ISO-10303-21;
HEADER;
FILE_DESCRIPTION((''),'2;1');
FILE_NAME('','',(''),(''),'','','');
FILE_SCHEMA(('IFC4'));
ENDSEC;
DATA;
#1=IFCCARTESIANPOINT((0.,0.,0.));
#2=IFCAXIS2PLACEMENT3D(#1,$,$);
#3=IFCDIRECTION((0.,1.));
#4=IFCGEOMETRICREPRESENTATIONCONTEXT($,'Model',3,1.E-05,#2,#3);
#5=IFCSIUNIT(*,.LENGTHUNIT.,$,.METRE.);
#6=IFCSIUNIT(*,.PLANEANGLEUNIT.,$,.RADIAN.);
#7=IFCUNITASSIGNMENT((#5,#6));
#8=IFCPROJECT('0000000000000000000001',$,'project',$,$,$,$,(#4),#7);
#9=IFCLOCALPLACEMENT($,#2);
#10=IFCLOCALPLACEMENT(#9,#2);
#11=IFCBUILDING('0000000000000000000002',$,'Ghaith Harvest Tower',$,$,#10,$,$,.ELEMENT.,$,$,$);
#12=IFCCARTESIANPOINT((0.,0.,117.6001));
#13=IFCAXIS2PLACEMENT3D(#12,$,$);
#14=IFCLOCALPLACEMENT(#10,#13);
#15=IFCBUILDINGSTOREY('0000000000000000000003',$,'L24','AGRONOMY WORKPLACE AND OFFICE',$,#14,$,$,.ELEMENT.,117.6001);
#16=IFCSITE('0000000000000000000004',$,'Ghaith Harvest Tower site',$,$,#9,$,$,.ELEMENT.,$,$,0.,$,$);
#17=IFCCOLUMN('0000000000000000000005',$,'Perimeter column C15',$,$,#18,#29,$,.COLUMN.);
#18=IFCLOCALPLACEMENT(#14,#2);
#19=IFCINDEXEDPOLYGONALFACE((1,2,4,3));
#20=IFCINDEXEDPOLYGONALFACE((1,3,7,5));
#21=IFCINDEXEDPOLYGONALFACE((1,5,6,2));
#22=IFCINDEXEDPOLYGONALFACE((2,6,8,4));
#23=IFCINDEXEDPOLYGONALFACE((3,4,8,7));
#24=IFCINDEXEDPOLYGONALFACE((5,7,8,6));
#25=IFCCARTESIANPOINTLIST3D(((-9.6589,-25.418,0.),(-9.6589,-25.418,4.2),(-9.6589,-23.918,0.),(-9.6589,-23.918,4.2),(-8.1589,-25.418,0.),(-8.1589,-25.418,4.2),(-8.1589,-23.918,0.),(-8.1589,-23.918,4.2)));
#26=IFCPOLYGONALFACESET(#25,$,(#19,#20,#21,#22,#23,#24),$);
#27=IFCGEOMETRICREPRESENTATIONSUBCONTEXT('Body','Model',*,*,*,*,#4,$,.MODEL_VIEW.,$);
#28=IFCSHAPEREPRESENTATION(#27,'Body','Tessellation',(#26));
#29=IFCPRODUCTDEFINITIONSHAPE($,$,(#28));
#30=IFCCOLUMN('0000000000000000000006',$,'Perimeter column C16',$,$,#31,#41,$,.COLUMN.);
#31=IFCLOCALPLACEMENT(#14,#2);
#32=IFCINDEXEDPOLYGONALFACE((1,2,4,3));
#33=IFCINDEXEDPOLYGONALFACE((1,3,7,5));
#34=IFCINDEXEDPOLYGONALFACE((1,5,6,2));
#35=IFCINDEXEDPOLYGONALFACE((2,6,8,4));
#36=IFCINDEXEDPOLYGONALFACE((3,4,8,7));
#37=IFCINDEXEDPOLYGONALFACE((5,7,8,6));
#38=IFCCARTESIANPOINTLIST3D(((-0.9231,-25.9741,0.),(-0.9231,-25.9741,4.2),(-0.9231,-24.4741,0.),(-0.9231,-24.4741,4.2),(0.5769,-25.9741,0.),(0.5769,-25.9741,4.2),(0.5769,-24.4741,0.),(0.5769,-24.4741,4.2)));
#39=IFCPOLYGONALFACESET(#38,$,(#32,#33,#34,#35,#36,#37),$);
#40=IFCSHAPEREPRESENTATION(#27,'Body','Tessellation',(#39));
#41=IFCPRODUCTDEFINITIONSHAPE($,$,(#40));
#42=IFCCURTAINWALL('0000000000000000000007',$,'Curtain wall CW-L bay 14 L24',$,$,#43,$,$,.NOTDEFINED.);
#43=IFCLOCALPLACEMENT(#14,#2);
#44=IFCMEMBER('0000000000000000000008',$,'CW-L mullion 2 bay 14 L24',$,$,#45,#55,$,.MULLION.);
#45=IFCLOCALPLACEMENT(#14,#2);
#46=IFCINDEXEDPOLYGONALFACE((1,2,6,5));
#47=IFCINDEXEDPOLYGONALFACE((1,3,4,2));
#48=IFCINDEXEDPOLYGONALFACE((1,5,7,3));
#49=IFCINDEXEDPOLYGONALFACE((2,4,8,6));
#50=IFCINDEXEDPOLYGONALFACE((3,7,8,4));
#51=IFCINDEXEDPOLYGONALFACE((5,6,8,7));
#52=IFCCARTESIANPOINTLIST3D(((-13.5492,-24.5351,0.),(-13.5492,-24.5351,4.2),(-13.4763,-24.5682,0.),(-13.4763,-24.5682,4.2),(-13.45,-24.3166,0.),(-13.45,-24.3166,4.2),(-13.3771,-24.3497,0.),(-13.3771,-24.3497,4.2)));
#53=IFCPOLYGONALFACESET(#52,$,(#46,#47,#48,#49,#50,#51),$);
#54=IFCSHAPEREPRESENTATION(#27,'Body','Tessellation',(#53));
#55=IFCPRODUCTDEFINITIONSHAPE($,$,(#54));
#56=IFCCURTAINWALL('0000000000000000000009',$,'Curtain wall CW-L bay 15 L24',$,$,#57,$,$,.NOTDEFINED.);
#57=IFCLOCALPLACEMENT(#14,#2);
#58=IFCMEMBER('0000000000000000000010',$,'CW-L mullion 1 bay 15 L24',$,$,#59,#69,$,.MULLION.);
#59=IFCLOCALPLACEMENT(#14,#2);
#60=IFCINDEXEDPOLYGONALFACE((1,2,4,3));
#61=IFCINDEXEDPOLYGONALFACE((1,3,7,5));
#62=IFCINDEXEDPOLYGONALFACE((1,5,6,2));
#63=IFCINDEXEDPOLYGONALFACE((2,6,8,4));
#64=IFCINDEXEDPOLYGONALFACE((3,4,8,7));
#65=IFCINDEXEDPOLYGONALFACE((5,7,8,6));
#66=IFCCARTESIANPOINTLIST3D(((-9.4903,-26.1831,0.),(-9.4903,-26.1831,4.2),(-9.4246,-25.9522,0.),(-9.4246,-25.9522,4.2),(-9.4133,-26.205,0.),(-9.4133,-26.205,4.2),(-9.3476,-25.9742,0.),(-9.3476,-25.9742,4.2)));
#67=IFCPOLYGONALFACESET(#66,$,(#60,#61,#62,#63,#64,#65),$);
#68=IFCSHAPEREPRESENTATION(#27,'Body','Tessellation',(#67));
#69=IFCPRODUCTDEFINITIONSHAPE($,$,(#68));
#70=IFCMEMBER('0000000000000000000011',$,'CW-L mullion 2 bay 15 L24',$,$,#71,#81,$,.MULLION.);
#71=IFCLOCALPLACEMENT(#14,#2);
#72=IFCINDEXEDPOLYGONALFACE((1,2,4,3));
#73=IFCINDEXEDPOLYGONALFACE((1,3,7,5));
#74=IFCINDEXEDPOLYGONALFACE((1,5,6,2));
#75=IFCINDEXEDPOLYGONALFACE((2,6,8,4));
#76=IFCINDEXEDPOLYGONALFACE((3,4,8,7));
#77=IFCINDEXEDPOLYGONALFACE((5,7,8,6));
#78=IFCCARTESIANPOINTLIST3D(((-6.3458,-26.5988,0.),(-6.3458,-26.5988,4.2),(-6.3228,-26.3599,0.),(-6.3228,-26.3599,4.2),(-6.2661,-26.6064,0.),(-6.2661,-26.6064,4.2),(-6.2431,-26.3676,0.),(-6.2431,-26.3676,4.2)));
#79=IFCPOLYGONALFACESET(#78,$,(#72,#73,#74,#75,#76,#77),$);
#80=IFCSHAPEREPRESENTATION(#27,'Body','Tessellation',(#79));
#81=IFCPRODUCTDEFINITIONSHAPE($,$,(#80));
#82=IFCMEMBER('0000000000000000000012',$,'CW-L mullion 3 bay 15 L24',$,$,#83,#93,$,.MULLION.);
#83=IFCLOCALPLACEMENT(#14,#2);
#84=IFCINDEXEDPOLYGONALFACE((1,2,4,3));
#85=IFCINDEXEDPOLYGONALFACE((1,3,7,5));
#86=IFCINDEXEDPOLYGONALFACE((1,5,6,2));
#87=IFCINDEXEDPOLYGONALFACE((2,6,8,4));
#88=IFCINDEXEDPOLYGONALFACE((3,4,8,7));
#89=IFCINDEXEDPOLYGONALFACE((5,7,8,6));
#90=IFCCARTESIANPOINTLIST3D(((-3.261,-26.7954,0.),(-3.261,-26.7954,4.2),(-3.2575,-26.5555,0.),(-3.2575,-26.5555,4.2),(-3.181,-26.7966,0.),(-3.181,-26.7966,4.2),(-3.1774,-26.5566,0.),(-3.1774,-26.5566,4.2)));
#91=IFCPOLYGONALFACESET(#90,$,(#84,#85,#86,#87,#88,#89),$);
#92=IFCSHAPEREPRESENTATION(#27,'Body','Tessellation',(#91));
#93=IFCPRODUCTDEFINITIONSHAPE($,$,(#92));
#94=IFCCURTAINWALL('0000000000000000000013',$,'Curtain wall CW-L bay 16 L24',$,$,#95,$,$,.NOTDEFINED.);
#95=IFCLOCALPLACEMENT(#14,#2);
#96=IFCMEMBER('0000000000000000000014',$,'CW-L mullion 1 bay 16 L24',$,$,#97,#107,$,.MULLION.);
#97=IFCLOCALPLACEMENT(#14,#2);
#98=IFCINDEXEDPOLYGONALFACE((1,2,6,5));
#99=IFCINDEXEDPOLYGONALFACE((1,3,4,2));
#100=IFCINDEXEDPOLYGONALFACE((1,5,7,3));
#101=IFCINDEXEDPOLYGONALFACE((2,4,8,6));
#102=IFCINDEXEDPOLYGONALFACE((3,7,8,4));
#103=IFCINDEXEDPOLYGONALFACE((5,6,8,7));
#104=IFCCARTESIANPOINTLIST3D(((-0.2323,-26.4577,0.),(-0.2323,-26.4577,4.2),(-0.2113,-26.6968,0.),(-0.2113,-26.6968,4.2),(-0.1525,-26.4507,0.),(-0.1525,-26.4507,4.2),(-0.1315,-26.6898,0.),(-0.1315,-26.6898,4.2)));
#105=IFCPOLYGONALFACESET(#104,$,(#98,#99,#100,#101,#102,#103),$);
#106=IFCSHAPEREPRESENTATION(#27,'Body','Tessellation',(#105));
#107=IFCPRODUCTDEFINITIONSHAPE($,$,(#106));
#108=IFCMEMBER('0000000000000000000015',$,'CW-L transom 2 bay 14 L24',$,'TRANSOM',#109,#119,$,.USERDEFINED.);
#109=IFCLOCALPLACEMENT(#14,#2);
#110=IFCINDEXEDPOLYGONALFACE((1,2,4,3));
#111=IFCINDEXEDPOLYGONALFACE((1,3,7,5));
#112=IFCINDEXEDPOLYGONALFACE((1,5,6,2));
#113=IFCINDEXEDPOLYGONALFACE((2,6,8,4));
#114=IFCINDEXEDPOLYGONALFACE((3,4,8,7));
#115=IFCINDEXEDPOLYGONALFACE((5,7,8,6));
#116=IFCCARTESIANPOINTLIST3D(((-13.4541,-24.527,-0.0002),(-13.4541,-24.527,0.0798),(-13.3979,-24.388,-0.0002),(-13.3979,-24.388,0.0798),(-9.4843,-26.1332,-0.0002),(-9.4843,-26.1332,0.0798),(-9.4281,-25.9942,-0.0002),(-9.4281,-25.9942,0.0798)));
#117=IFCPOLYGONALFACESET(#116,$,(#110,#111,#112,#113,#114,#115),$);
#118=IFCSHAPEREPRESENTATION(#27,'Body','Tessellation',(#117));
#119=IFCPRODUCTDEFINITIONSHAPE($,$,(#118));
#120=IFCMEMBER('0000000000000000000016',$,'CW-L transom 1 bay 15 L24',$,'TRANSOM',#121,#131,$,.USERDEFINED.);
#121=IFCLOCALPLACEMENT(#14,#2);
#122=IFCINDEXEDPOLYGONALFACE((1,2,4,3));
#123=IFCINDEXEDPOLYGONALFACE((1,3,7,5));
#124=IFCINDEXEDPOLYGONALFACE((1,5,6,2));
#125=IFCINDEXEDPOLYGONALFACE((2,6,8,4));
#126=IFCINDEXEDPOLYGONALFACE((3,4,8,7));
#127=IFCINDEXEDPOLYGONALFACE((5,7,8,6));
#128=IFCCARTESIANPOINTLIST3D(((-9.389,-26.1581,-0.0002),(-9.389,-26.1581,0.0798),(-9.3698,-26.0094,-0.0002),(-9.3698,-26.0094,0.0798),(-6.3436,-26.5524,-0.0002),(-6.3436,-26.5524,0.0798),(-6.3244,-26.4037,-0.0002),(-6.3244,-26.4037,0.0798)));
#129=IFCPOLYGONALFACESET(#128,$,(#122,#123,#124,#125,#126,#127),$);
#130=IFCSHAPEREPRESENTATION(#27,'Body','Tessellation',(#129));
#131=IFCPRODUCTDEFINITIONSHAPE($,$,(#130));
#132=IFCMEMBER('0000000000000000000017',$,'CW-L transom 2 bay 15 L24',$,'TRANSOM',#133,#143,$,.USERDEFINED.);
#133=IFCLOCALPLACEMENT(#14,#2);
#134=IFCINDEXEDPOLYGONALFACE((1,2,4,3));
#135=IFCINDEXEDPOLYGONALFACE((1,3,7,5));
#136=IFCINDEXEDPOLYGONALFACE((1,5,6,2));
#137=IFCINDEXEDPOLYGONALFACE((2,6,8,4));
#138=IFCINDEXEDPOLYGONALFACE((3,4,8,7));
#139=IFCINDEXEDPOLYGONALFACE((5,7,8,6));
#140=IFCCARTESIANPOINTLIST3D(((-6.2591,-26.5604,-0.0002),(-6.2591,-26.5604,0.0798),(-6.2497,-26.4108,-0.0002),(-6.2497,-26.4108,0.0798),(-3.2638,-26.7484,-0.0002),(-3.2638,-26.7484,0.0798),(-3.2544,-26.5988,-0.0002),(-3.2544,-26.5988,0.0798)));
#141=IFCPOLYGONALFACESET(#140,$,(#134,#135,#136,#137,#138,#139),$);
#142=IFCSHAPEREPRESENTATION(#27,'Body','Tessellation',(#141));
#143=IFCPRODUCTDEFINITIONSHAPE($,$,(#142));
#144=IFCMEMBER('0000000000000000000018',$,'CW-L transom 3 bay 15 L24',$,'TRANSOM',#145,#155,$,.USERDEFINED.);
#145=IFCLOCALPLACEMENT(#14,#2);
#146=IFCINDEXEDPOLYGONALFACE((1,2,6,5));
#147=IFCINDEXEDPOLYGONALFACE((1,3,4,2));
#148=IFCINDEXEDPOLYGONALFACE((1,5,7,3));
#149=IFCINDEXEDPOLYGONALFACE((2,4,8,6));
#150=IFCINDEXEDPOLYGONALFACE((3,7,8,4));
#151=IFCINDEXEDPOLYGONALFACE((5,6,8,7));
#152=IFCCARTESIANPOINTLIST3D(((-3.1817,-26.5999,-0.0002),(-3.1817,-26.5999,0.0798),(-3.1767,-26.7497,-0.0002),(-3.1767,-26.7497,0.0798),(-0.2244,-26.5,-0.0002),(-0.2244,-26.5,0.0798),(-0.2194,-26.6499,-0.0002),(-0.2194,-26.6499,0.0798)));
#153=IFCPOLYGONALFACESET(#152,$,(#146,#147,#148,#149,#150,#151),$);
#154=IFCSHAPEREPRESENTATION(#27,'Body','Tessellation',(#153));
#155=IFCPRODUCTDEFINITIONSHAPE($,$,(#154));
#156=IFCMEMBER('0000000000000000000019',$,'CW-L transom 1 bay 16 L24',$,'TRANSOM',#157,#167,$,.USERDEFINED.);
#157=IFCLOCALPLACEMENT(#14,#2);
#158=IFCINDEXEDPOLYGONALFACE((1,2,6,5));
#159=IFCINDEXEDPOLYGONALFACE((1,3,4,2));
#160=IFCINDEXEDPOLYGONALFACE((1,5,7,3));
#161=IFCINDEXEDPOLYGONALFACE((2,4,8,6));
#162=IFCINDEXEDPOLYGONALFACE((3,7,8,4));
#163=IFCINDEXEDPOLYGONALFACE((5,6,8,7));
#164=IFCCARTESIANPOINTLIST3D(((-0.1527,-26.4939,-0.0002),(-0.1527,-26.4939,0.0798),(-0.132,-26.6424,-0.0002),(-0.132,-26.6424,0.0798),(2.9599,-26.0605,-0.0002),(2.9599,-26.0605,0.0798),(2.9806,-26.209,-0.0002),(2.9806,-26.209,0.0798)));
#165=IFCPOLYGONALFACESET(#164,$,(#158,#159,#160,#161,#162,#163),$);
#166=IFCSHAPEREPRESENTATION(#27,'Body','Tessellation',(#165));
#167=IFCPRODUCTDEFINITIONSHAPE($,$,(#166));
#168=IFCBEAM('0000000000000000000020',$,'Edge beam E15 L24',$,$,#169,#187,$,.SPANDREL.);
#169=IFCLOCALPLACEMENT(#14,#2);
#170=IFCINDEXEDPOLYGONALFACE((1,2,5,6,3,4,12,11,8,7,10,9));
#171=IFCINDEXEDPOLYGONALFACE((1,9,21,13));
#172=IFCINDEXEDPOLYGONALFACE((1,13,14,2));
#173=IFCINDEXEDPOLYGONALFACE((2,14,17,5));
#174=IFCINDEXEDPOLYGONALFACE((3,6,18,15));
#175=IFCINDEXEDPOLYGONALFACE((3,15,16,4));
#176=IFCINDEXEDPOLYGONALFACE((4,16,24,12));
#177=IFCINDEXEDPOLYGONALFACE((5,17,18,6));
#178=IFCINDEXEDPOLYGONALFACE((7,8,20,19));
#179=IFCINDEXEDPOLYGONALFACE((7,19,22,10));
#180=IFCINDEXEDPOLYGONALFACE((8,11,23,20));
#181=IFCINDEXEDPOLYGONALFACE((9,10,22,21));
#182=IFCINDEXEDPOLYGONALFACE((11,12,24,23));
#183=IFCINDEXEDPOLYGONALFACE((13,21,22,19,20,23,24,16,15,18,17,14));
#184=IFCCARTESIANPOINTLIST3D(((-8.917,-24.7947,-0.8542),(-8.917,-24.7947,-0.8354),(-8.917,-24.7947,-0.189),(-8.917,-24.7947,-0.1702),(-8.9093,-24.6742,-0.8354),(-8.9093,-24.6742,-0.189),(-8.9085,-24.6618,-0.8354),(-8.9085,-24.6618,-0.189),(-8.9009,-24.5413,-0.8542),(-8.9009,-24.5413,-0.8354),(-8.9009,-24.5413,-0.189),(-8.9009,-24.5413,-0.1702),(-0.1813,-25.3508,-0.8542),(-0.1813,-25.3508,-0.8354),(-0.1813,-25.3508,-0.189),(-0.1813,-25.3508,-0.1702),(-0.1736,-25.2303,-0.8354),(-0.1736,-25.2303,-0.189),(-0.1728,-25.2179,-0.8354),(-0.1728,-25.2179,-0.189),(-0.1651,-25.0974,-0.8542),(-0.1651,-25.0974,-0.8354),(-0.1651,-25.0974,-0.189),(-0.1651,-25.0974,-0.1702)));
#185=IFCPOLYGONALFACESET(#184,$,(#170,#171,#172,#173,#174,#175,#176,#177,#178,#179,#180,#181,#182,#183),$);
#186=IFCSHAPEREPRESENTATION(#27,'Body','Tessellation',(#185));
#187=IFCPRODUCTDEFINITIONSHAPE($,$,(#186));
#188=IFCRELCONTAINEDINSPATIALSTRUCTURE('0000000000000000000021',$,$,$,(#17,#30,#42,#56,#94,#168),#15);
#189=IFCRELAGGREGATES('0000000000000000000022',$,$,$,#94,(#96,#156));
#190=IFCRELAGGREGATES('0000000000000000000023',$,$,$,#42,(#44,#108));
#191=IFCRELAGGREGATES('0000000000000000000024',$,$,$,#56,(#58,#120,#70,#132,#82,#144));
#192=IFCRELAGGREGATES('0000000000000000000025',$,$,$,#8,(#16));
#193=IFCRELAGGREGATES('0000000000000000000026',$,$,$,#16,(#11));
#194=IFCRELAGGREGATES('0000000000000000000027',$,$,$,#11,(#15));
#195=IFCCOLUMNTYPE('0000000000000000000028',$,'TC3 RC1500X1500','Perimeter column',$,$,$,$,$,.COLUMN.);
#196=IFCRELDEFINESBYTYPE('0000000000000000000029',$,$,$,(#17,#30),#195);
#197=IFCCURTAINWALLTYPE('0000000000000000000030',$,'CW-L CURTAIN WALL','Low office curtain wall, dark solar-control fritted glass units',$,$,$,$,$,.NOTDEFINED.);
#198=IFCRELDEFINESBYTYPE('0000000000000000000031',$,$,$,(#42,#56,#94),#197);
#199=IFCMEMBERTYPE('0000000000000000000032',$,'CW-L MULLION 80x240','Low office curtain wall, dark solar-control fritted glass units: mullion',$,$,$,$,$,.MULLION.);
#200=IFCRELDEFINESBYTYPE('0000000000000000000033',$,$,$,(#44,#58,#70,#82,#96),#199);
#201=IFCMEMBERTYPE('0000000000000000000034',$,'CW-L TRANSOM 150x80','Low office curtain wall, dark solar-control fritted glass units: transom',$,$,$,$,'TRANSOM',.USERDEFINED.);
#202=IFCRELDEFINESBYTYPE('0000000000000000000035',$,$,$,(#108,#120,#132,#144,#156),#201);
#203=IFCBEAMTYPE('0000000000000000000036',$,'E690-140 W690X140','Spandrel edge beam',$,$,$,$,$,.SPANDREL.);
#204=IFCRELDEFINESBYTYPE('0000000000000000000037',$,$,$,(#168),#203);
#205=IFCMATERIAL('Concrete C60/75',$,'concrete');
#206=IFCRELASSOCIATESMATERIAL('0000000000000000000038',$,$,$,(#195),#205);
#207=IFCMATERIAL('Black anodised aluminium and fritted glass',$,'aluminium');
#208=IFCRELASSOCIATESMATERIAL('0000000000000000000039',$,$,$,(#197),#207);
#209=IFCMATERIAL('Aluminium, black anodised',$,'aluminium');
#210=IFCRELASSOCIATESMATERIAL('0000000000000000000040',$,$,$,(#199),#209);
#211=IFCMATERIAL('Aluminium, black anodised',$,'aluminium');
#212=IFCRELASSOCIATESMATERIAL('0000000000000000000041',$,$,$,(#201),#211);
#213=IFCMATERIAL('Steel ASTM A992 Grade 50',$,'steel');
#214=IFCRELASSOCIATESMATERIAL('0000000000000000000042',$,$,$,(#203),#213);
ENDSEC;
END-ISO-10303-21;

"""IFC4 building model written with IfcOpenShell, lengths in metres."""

from ifc_helpers import new_model, si_unit, direction, frame, origin, origin_2d, place, context, subcontext, project, spatial, rectangle, i_section, extrude, material, material_profile, profile_set, type_object, element, aggregate, save


model = new_model("IFC4")

# Units and contexts
model_context = context("Model", 3, precision=1e-05, world=origin(), true_north=direction((0.0, 1.0)))
body_context = subcontext(model_context, "Body", "Model", "MODEL_VIEW")
ifc_project = project(units=[si_unit("LENGTHUNIT", "METRE"), si_unit("PLANEANGLEUNIT", "RADIAN")], contexts=[model_context])

# Site, building, storey
site_placement = place(None, origin())
site = spatial("IfcSite", under=ifc_project, at=site_placement, Name="Ghaith Harvest Tower site", CompositionType="ELEMENT", RefElevation=0.0)
building_placement = place(site_placement, origin())
building = spatial("IfcBuilding", under=site, at=building_placement, Name="Ghaith Harvest Tower", CompositionType="ELEMENT")
storey_placement = place(building_placement, frame((0.0, 0.0, 117.6001)))
storey = spatial("IfcBuildingStorey", under=building, at=storey_placement, Name="L24", Description="AGRONOMY WORKPLACE AND OFFICE", CompositionType="ELEMENT", Elevation=117.6001)

# Columns
ifc_material_1 = material(Name="Concrete C60/75", Category="concrete")
ifc_material_profile_1 = material_profile(ifc_material_1, rectangle(XDim=1.5, YDim=1.5, at=origin_2d()), Name="RC1500X1500")
ifc_profile_set_1 = profile_set([ifc_material_profile_1], Name="Concrete C60/75")
column_type = type_object("IfcColumnType", Name="TC3 RC1500X1500", Description="Perimeter column", PredefinedType="COLUMN", material=ifc_profile_set_1)
for number, where, z_axis, x_axis, name in (
    (1, (-8.9089, -24.668, 0.0), (0.0, 0.0, 1.0), (1.0, 0.0, 0.0), "Perimeter column C15"),
    (2, (-0.1731, -25.2241, 0.0), (0.0, 0.0, 1.0), (1.0, 0.0, 0.0), "Perimeter column C16"),
):
    element("IfcColumn", number, at=place(storey_placement, frame(where, z_axis=z_axis, x_axis=x_axis)), inside=storey, type_object=column_type, Name=name, PredefinedType="COLUMN", context=body_context, shape_type="SweptSolid", body=[
        extrude(rectangle(XDim=1.5, YDim=1.5, at=origin_2d()), origin(), (0.0, 0.0, 1.0), 4.2),
    ])

# Curtain wall, member
ifc_material_2 = material(Name="Black anodised aluminium and fritted glass", Category="aluminium")
curtain_wall_type = type_object("IfcCurtainWallType", Name="CW-L CURTAIN WALL", Description="Low office curtain wall, dark solar-control fritted glass units", PredefinedType="NOTDEFINED", material=ifc_material_2)
curtain_wall_1_placement = place(storey_placement, origin())
curtain_wall_1 = element("IfcCurtainWall", 3, at=curtain_wall_1_placement, inside=storey, type_object=curtain_wall_type, Name="Curtain wall CW-L bay 14 L24", PredefinedType="NOTDEFINED")
ifc_material_3 = material(Name="Aluminium, black anodised", Category="aluminium")
ifc_material_profile_2 = material_profile(ifc_material_3, rectangle(XDim=0.0801, YDim=0.24, at=origin_2d()), Name="CW-L MULLION 80x240")
ifc_profile_set_2 = profile_set([ifc_material_profile_2], Name="Aluminium, black anodised")
member_type_1 = type_object("IfcMemberType", Name="CW-L MULLION 80x240", Description="Low office curtain wall, dark solar-control fritted glass units: mullion", PredefinedType="MULLION", material=ifc_profile_set_2)
member_1_placement = place(storey_placement, frame((-13.4631, -24.4424, 0.0), z_axis=(0.0, 0.0, 1.0), x_axis=(0.910648, -0.413183, 0.0)))
member_1 = element("IfcMember", 4, at=member_1_placement, type_object=member_type_1, Name="CW-L mullion 2 bay 14 L24", PredefinedType="MULLION", context=body_context, shape_type="SweptSolid", body=[
    extrude(rectangle(XDim=0.0801, YDim=0.24, at=origin_2d()), origin(), (0.0, 0.0, 1.0), 4.2),
])

# Curtain wall, members
curtain_wall_2_placement = place(storey_placement, origin())
curtain_wall_2 = element("IfcCurtainWall", 5, at=curtain_wall_2_placement, inside=storey, type_object=curtain_wall_type, Name="Curtain wall CW-L bay 15 L24", PredefinedType="NOTDEFINED")
member_2_placement = place(storey_placement, frame((-9.4189, -26.0786, 0.0), z_axis=(0.0, 0.0, 1.0), x_axis=(0.961789, -0.273793, 0.0)))
member_2 = element("IfcMember", 6, at=member_2_placement, type_object=member_type_1, Name="CW-L mullion 1 bay 15 L24", PredefinedType="MULLION", context=body_context, shape_type="SweptSolid", body=[
    extrude(rectangle(XDim=0.0801, YDim=0.24, at=origin_2d()), origin(), (0.0, 0.0, 1.0), 4.2),
])
member_3_placement = place(storey_placement, frame((-6.2944, -26.4832, 0.0), z_axis=(0.0, 0.0, 1.0), x_axis=(0.995389, -0.095918, 0.0)))
member_3 = element("IfcMember", 7, at=member_3_placement, type_object=member_type_1, Name="CW-L mullion 2 bay 15 L24", PredefinedType="MULLION", context=body_context, shape_type="SweptSolid", body=[
    extrude(rectangle(XDim=0.0801, YDim=0.24, at=origin_2d()), origin(), (0.0, 0.0, 1.0), 4.2),
])
member_4_placement = place(storey_placement, frame((-3.2192, -26.676, 0.0), z_axis=(0.0, 0.0, 1.0), x_axis=(0.999891, -0.014796, 0.0)))
member_4 = element("IfcMember", 8, at=member_4_placement, type_object=member_type_1, Name="CW-L mullion 3 bay 15 L24", PredefinedType="MULLION", context=body_context, shape_type="SweptSolid", body=[
    extrude(rectangle(XDim=0.0801, YDim=0.24, at=origin_2d()), origin(), (0.0, 0.0, 1.0), 4.2),
])

# Curtain wall, member
curtain_wall_3_placement = place(storey_placement, origin())
curtain_wall_3 = element("IfcCurtainWall", 9, at=curtain_wall_3_placement, inside=storey, type_object=curtain_wall_type, Name="Curtain wall CW-L bay 16 L24", PredefinedType="NOTDEFINED")
member_5_placement = place(storey_placement, frame((-0.1819, -26.5737, 0.0), z_axis=(0.0, 0.0, 1.0), x_axis=(0.996169, 0.087446, 0.0)))
member_5 = element("IfcMember", 10, at=member_5_placement, type_object=member_type_1, Name="CW-L mullion 1 bay 16 L24", PredefinedType="MULLION", context=body_context, shape_type="SweptSolid", body=[
    extrude(rectangle(XDim=0.0801, YDim=0.24, at=origin_2d()), origin(), (0.0, 0.0, 1.0), 4.2),
])

# Members
ifc_material_4 = material(Name="Aluminium, black anodised", Category="aluminium")
ifc_material_profile_3 = material_profile(ifc_material_4, rectangle(XDim=0.1499, YDim=0.0801, at=origin_2d()), Name="CW-L TRANSOM 150x80")
ifc_profile_set_3 = profile_set([ifc_material_profile_3], Name="Aluminium, black anodised")
member_type_2 = type_object("IfcMemberType", Name="CW-L TRANSOM 150x80", Description="Low office curtain wall, dark solar-control fritted glass units: transom", ElementType="TRANSOM", PredefinedType="USERDEFINED", material=ifc_profile_set_3)
member_6_placement = place(storey_placement, frame((-13.426, -24.4575, 0.0398), z_axis=(0.927003, -0.375054, 0.0), x_axis=(0.375054, 0.927003, 0.0)))
member_6 = element("IfcMember", 11, at=member_6_placement, type_object=member_type_2, Name="CW-L transom 2 bay 14 L24", ObjectType="TRANSOM", PredefinedType="USERDEFINED", context=body_context, shape_type="SweptSolid", body=[
    extrude(rectangle(XDim=0.1499, YDim=0.0801, at=origin_2d()), origin(), (0.0, 0.0, 1.0), 4.2825),
])
member_7_placement = place(storey_placement, frame((-9.3794, -26.0837, 0.0398), z_axis=(0.991723, -0.128398, 0.0), x_axis=(0.128398, 0.991723, 0.0)))
member_7 = element("IfcMember", 12, at=member_7_placement, type_object=member_type_2, Name="CW-L transom 1 bay 15 L24", ObjectType="TRANSOM", PredefinedType="USERDEFINED", context=body_context, shape_type="SweptSolid", body=[
    extrude(rectangle(XDim=0.1499, YDim=0.0801, at=origin_2d()), origin(), (0.0, 0.0, 1.0), 3.0708),
])
member_8_placement = place(storey_placement, frame((-6.2544, -26.4856, 0.0398), z_axis=(0.998036, -0.062637, 0.0), x_axis=(0.062637, 0.998036, 0.0)))
member_8 = element("IfcMember", 13, at=member_8_placement, type_object=member_type_2, Name="CW-L transom 2 bay 15 L24", ObjectType="TRANSOM", PredefinedType="USERDEFINED", context=body_context, shape_type="SweptSolid", body=[
    extrude(rectangle(XDim=0.1499, YDim=0.0801, at=origin_2d()), origin(), (0.0, 0.0, 1.0), 3.0012),
])
member_9_placement = place(storey_placement, frame((-3.1792, -26.6748, 0.0398), z_axis=(0.99943, 0.033746, 0.0), x_axis=(-0.033746, 0.99943, 0.0)))
member_9 = element("IfcMember", 14, at=member_9_placement, type_object=member_type_2, Name="CW-L transom 3 bay 15 L24", ObjectType="TRANSOM", PredefinedType="USERDEFINED", context=body_context, shape_type="SweptSolid", body=[
    extrude(rectangle(XDim=0.1499, YDim=0.0801, at=origin_2d()), origin(), (0.0, 0.0, 1.0), 2.959),
])
member_10_placement = place(storey_placement, frame((-0.1423, -26.5681, 0.0398), z_axis=(0.990447, 0.137897, 0.0), x_axis=(-0.137897, 0.990447, 0.0)))
member_10 = element("IfcMember", 15, at=member_10_placement, type_object=member_type_2, Name="CW-L transom 1 bay 16 L24", ObjectType="TRANSOM", PredefinedType="USERDEFINED", context=body_context, shape_type="SweptSolid", body=[
    extrude(rectangle(XDim=0.1499, YDim=0.0801, at=origin_2d()), origin(), (0.0, 0.0, 1.0), 3.1426),
])
aggregate(curtain_wall_3, [member_5, member_10])

# Beam
ifc_material_5 = material(Name="Steel ASTM A992 Grade 50", Category="steel")
ifc_material_profile_4 = material_profile(ifc_material_5, i_section(OverallWidth=0.2539, OverallDepth=0.6841, WebThickness=0.0125, FlangeThickness=0.0188, at=origin_2d()), Name="W690X140")
ifc_profile_set_4 = profile_set([ifc_material_profile_4], Name="Steel ASTM A992 Grade 50")
beam_type = type_object("IfcBeamType", Name="E690-140 W690X140", Description="Spandrel edge beam", PredefinedType="SPANDREL", material=ifc_profile_set_4)
beam_1_placement = place(storey_placement, frame((-8.9089, -24.668, -0.5122), z_axis=(0.99798, -0.063535, 0.0), x_axis=(0.063535, 0.99798, 0.0)))
element("IfcBeam", 16, at=beam_1_placement, inside=storey, type_object=beam_type, Name="Edge beam E15 L24", PredefinedType="SPANDREL", context=body_context, shape_type="SweptSolid", body=[
    extrude(i_section(OverallWidth=0.2539, OverallDepth=0.6841, WebThickness=0.0125, FlangeThickness=0.0188, at=origin_2d()), origin(), (0.0, 0.0, 1.0), 8.7534),
])

aggregate(curtain_wall_1, [member_1, member_6])
aggregate(curtain_wall_2, [member_2, member_7, member_3, member_8, member_4, member_9])

save(model, "model.ifc")
